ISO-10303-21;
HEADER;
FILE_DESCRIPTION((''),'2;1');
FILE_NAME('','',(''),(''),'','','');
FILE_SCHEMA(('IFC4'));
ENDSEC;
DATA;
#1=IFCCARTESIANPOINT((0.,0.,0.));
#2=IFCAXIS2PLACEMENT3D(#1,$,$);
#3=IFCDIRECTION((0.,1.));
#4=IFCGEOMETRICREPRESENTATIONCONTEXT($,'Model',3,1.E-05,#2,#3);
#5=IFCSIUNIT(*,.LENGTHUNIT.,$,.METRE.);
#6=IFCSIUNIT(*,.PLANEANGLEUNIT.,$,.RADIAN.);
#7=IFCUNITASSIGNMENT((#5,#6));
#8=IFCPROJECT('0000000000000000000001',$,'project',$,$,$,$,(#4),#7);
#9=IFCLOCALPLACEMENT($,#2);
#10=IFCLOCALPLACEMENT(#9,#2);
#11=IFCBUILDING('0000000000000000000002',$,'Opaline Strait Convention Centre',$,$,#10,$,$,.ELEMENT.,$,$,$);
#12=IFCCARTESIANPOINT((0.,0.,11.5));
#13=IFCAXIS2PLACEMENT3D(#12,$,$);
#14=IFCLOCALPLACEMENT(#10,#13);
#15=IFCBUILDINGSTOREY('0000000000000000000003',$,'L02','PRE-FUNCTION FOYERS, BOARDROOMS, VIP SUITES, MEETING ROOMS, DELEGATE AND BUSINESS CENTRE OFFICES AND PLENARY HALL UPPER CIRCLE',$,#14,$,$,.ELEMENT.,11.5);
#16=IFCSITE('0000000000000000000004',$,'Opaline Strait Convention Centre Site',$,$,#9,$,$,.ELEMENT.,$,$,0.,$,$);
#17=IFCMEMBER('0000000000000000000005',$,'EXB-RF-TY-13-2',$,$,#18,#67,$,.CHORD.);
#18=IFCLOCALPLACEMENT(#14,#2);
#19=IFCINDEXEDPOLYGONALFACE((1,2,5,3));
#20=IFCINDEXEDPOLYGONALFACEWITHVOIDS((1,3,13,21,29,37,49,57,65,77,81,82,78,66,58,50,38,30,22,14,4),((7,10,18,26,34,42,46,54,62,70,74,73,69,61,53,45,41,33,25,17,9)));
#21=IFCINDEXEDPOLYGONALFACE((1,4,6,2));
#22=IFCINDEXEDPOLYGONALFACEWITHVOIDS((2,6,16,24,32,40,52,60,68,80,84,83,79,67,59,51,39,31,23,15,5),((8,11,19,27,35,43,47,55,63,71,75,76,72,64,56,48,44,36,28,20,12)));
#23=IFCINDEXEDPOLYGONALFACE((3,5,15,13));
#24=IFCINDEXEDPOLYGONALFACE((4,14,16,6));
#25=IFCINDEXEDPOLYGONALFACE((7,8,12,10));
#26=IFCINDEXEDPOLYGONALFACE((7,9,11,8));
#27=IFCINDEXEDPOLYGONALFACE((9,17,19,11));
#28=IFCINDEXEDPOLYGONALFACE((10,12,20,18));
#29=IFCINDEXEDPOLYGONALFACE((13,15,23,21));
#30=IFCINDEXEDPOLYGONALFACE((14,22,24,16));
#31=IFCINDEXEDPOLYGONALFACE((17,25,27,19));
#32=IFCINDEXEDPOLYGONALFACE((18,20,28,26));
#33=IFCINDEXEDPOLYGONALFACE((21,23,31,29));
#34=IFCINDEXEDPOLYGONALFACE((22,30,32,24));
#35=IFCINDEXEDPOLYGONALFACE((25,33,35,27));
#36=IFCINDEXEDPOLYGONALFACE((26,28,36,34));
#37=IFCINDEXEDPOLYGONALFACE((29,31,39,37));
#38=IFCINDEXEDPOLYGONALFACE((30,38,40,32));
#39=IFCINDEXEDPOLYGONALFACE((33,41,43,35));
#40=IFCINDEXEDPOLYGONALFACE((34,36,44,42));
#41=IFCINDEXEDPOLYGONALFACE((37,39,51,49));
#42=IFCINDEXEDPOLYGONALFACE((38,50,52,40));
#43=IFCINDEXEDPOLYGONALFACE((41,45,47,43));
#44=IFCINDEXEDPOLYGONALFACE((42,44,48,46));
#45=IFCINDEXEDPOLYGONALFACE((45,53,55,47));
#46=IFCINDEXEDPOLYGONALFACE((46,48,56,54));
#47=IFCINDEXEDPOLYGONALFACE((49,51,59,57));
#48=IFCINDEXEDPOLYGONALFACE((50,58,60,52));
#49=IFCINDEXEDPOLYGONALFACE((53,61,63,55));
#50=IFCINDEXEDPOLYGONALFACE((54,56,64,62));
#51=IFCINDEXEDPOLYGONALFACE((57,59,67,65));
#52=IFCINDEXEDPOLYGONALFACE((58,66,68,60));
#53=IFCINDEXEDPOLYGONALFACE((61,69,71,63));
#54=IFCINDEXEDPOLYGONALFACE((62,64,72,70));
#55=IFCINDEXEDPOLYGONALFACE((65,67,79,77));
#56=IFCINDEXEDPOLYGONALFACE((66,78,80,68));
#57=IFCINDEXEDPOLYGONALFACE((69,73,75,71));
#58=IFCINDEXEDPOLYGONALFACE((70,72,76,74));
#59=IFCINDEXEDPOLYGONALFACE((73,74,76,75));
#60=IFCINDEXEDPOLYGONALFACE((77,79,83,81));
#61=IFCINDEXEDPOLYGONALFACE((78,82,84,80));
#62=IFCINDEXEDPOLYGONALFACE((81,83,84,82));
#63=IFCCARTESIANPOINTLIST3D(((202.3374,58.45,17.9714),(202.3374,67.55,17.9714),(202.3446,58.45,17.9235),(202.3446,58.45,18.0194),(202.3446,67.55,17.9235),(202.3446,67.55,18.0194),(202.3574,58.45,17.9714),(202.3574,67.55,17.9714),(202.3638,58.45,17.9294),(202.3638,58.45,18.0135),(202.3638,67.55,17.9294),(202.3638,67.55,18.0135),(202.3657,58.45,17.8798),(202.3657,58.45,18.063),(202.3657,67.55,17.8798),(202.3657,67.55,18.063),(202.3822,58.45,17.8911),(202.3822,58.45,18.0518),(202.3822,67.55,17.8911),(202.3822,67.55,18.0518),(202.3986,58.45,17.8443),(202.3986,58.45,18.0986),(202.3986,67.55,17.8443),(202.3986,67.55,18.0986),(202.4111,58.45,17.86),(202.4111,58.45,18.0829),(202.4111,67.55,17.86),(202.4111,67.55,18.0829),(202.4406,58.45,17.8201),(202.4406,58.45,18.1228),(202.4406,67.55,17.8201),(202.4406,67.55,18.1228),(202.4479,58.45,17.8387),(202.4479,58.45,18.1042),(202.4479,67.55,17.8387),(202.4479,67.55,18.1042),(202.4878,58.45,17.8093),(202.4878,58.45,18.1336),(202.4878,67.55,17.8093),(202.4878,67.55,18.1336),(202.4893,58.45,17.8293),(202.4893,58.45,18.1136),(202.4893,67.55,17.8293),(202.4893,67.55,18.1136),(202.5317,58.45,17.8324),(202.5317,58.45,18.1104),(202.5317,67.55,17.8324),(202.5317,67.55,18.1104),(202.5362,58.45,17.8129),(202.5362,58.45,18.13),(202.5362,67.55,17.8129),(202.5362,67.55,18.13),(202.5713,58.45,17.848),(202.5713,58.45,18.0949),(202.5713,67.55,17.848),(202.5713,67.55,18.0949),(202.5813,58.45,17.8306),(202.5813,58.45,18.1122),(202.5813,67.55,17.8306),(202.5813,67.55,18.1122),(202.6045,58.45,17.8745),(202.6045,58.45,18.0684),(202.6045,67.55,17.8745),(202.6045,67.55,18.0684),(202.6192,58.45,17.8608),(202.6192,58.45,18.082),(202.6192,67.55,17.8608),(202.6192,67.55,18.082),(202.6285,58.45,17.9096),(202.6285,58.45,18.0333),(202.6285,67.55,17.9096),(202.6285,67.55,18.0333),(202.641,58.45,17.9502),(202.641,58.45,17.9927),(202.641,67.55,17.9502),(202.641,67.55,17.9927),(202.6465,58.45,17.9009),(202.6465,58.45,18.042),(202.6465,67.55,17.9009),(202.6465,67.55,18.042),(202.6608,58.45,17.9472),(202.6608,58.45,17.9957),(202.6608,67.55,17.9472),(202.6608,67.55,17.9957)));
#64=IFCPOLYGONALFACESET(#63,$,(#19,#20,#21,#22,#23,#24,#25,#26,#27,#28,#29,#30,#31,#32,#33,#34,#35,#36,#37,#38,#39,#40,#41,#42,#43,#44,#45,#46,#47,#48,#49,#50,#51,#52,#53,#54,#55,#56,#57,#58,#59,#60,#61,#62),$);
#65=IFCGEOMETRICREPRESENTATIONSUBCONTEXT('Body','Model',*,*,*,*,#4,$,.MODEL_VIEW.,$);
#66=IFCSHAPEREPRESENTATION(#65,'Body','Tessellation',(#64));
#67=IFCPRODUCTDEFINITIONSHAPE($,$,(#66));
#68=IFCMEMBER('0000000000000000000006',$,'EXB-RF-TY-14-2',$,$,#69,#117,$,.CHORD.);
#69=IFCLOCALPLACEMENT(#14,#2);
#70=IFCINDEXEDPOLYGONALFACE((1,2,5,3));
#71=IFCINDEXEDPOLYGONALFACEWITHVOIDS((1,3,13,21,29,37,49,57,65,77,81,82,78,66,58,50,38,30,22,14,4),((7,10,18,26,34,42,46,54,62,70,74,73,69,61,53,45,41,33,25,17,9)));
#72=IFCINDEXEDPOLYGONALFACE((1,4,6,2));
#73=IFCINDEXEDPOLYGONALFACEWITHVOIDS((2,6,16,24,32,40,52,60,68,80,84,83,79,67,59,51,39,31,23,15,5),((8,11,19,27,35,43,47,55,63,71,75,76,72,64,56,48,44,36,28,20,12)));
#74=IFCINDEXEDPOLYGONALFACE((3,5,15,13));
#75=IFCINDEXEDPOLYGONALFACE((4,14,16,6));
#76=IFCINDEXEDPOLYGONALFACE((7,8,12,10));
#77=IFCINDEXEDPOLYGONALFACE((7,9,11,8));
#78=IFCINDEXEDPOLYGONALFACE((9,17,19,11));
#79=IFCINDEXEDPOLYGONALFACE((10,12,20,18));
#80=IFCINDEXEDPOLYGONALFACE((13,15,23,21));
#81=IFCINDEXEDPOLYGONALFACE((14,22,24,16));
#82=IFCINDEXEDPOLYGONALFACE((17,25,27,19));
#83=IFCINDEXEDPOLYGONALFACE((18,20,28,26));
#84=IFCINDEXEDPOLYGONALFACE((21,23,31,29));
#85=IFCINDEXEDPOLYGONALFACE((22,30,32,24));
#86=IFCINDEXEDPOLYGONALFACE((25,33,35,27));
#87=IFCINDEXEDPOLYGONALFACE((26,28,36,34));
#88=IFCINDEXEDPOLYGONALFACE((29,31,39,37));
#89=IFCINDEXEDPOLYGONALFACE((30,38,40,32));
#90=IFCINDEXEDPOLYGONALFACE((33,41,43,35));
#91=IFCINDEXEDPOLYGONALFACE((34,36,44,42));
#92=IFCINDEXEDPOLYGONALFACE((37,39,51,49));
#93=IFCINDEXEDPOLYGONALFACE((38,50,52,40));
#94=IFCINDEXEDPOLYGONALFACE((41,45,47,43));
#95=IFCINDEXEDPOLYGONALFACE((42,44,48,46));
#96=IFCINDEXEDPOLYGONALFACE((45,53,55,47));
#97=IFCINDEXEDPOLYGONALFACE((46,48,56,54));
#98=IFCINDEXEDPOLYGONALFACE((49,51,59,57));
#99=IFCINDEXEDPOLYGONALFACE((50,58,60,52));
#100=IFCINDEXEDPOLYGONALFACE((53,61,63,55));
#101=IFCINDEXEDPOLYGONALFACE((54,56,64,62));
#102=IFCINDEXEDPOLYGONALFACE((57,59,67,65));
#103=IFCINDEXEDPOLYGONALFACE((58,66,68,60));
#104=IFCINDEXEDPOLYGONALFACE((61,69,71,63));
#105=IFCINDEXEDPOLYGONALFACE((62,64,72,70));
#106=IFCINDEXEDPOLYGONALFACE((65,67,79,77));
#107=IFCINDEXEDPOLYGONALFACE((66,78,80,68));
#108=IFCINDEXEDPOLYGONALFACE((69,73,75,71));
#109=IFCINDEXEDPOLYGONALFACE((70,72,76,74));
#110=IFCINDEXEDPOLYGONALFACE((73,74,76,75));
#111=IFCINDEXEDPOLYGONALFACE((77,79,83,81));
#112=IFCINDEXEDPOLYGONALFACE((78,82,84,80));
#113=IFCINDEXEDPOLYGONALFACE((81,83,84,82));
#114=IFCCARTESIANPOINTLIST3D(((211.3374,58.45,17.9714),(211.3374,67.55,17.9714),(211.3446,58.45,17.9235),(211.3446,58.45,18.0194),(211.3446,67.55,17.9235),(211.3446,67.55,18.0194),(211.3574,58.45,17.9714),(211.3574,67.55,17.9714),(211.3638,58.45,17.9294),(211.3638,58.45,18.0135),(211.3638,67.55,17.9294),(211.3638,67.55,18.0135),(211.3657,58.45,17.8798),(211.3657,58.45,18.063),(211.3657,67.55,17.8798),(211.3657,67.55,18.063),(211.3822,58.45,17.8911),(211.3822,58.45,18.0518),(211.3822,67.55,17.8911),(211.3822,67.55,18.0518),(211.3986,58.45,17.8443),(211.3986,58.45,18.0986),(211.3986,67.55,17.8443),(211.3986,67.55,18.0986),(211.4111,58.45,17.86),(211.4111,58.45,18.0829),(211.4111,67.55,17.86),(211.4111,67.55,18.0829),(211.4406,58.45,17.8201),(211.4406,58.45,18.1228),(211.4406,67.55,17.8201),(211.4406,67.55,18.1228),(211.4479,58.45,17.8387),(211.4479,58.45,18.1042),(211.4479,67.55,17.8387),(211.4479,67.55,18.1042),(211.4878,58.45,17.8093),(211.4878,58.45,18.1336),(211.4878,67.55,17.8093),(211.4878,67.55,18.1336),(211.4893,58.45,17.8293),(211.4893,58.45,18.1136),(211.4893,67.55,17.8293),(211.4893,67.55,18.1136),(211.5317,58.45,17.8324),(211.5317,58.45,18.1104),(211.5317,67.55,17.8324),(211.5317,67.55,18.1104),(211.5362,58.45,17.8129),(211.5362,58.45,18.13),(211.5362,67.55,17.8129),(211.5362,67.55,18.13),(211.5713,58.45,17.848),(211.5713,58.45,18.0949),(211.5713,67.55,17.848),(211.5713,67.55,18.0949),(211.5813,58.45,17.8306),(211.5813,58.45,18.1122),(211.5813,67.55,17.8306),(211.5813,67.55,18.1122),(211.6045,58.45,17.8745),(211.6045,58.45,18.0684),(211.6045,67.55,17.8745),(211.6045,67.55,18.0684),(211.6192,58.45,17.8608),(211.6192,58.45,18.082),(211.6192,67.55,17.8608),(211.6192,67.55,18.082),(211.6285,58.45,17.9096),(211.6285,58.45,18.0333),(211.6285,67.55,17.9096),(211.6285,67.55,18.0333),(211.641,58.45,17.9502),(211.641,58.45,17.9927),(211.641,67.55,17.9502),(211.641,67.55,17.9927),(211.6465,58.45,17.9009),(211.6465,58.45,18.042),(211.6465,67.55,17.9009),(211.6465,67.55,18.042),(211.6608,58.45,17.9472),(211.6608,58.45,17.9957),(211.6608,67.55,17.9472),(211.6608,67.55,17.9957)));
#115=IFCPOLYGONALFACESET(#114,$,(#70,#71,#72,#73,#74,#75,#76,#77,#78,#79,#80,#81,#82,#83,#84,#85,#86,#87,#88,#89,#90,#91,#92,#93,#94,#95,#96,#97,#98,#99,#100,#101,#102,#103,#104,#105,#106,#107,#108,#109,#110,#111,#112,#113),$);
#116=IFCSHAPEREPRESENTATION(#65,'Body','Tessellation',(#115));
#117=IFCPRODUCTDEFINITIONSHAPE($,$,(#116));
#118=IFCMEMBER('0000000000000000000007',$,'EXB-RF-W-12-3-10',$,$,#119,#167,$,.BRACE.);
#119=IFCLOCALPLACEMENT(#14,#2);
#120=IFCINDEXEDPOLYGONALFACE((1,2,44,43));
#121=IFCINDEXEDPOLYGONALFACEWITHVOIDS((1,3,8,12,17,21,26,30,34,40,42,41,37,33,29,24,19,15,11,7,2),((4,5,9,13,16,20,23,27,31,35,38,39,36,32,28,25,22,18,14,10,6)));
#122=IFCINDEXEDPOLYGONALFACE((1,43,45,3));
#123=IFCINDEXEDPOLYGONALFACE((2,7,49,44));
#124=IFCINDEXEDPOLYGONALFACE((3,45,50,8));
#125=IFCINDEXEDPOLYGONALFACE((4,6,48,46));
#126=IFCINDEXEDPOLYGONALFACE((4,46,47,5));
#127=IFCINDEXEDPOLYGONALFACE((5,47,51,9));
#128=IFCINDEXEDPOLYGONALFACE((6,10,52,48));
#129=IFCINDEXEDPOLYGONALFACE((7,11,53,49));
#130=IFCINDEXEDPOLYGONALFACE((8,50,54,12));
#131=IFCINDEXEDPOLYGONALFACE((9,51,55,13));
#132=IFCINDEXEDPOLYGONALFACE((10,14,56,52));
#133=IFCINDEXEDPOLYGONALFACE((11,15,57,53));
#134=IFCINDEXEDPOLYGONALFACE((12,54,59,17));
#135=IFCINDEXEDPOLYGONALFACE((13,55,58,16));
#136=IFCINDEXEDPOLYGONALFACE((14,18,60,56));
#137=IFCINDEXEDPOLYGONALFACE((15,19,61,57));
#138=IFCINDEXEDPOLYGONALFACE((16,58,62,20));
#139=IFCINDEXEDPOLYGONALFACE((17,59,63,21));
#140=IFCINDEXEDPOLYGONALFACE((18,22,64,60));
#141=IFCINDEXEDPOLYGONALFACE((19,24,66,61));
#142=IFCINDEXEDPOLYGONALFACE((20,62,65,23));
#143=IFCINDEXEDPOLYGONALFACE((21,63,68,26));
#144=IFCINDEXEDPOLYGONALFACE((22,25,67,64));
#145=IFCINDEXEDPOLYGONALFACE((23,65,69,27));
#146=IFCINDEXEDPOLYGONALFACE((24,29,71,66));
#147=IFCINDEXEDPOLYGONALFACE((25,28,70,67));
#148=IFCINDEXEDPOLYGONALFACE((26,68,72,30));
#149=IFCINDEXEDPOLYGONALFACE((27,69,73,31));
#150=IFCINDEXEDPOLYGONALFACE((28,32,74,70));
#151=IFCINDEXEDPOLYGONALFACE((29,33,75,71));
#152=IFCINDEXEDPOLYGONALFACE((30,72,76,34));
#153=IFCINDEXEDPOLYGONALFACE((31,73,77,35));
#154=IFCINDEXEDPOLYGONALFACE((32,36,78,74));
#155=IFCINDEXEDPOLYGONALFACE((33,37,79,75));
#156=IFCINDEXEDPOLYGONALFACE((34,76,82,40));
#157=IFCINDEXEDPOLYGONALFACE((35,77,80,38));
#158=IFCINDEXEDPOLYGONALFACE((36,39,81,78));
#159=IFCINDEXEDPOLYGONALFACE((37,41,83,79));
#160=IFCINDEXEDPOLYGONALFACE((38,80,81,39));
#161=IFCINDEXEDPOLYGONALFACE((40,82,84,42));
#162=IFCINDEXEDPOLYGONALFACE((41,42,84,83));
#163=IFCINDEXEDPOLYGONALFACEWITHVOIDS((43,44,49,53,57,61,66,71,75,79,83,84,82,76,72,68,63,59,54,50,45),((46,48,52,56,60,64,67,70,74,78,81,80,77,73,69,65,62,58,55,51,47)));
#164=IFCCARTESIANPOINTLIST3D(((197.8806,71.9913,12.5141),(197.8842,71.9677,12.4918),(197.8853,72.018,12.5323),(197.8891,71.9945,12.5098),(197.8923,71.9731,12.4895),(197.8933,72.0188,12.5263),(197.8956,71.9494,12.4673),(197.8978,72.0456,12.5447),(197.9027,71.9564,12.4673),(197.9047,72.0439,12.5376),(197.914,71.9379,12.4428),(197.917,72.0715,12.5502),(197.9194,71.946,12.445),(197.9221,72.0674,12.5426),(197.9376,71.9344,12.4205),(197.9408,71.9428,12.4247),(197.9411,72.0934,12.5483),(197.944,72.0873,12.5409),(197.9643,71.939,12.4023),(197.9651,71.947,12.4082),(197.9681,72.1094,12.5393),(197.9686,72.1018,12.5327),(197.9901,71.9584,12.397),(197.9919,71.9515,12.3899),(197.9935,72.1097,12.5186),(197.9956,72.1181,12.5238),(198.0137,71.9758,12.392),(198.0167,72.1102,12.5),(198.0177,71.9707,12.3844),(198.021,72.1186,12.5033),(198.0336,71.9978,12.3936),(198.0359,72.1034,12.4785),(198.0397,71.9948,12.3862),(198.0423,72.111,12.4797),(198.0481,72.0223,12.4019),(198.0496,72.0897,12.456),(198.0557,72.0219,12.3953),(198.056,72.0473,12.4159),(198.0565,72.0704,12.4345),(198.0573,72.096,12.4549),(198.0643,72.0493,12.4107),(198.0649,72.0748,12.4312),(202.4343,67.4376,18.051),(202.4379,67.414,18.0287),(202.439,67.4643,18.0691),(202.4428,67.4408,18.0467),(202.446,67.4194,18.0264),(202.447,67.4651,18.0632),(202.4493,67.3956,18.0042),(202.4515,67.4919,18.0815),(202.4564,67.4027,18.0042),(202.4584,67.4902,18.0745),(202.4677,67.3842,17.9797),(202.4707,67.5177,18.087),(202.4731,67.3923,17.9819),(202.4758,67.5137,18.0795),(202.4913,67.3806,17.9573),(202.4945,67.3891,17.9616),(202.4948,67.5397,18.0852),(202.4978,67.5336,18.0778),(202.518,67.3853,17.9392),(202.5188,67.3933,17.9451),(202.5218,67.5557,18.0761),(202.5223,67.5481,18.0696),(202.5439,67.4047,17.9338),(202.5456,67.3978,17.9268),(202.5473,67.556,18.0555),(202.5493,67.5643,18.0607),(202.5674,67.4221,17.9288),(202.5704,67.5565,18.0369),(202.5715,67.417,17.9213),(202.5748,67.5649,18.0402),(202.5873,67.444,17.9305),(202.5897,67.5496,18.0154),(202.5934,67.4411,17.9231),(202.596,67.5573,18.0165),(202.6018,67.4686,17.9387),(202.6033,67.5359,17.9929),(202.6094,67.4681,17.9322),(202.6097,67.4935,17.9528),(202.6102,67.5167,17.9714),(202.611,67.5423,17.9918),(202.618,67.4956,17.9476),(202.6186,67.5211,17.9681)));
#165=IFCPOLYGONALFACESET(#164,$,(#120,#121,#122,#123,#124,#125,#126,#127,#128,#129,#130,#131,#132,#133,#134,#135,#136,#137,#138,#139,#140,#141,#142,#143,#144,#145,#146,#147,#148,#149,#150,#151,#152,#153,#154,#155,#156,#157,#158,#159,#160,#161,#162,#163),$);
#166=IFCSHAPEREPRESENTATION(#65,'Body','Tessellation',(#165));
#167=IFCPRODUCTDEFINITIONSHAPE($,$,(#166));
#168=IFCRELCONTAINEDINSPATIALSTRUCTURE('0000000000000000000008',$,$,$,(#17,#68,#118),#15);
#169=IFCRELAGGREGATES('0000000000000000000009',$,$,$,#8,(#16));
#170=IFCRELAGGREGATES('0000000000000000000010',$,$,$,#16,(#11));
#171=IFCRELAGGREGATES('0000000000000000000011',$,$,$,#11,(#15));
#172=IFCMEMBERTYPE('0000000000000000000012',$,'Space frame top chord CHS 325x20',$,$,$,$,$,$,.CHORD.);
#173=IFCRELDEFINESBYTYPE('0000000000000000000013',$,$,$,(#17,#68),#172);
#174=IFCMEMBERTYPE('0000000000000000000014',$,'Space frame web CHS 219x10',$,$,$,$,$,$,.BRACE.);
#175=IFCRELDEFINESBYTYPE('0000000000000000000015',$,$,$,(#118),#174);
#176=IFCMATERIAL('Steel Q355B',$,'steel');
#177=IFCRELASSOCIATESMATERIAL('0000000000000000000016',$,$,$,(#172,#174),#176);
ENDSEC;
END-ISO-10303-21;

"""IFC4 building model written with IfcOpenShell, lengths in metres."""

from ifc_helpers import new_model, si_unit, direction, frame, origin, origin_2d, place, context, subcontext, project, spatial, hollow_circle, extrude, material, material_profile, profile_set, type_object, element, save


model = new_model("IFC4")

# Units and contexts
model_context = context("Model", 3, precision=1e-05, world=origin(), true_north=direction((0.0, 1.0)))
body_context = subcontext(model_context, "Body", "Model", "MODEL_VIEW")
ifc_project = project(units=[si_unit("LENGTHUNIT", "METRE"), si_unit("PLANEANGLEUNIT", "RADIAN")], contexts=[model_context])

# Site, building, storey
site_placement = place(None, origin())
site = spatial("IfcSite", under=ifc_project, at=site_placement, Name="Opaline Strait Convention Centre Site", CompositionType="ELEMENT", RefElevation=0.0)
building_placement = place(site_placement, origin())
building = spatial("IfcBuilding", under=site, at=building_placement, Name="Opaline Strait Convention Centre", CompositionType="ELEMENT")
storey_placement = place(building_placement, frame((0.0, 0.0, 11.5)))
storey = spatial("IfcBuildingStorey", under=building, at=storey_placement, Name="L02", Description="PRE-FUNCTION FOYERS, BOARDROOMS, VIP SUITES, MEETING ROOMS, DELEGATE AND BUSINESS CENTRE OFFICES AND PLENARY HALL UPPER CIRCLE", CompositionType="ELEMENT", Elevation=11.5)

# Members
ifc_material = material(Name="Steel Q355B", Category="steel")
ifc_material_profile_1 = material_profile(ifc_material, hollow_circle(Radius=0.1626, WallThickness=0.02, at=origin_2d()), Name="CHS 325x20")
ifc_profile_set_1 = profile_set([ifc_material_profile_1], Name="Steel Q355B")
member_type_1 = type_object("IfcMemberType", Name="Space frame top chord CHS 325x20", PredefinedType="CHORD", material=ifc_profile_set_1)
for number, where, z_axis, x_axis, name in (
    (1, (202.5, 58.45, 17.9714), (0.0, 1.0, 0.0), (-1.0, 0.0, 0.0), "EXB-RF-TY-13-2"),
    (2, (211.5, 58.45, 17.9714), (0.0, 1.0, 0.0), (-1.0, 0.0, 0.0), "EXB-RF-TY-14-2"),
):
    element("IfcMember", number, at=place(storey_placement, frame(where, z_axis=z_axis, x_axis=x_axis)), inside=storey, type_object=member_type_1, Name=name, PredefinedType="CHORD", context=body_context, shape_type="SweptSolid", body=[
        extrude(hollow_circle(Radius=0.1626, WallThickness=0.02, at=origin_2d()), origin(), (0.0, 0.0, 1.0), 9.1001),
    ])
ifc_material_profile_2 = material_profile(ifc_material, hollow_circle(Radius=0.1096, WallThickness=0.01, at=origin_2d()), Name="CHS 219x10")
ifc_profile_set_2 = profile_set([ifc_material_profile_2], Name="Steel Q355B")
member_type_2 = type_object("IfcMemberType", Name="Space frame web CHS 219x10", PredefinedType="BRACE", material=ifc_profile_set_2)
for number, where, z_axis, x_axis, name in (
    (3, (202.5269, 67.4731, 18.0042), (-0.536178, 0.536178, -0.65194), (-0.707107, -0.707107, 0.0), "EXB-RF-W-12-3-10"),
):
    element("IfcMember", number, at=place(storey_placement, frame(where, z_axis=z_axis, x_axis=x_axis)), inside=storey, type_object=member_type_2, Name=name, PredefinedType="BRACE", context=body_context, shape_type="SweptSolid", body=[
        extrude(hollow_circle(Radius=0.1096, WallThickness=0.01, at=origin_2d()), origin(), (0.0, 0.0, 1.0), 8.4929),
    ])

save(model, "model.ifc")
